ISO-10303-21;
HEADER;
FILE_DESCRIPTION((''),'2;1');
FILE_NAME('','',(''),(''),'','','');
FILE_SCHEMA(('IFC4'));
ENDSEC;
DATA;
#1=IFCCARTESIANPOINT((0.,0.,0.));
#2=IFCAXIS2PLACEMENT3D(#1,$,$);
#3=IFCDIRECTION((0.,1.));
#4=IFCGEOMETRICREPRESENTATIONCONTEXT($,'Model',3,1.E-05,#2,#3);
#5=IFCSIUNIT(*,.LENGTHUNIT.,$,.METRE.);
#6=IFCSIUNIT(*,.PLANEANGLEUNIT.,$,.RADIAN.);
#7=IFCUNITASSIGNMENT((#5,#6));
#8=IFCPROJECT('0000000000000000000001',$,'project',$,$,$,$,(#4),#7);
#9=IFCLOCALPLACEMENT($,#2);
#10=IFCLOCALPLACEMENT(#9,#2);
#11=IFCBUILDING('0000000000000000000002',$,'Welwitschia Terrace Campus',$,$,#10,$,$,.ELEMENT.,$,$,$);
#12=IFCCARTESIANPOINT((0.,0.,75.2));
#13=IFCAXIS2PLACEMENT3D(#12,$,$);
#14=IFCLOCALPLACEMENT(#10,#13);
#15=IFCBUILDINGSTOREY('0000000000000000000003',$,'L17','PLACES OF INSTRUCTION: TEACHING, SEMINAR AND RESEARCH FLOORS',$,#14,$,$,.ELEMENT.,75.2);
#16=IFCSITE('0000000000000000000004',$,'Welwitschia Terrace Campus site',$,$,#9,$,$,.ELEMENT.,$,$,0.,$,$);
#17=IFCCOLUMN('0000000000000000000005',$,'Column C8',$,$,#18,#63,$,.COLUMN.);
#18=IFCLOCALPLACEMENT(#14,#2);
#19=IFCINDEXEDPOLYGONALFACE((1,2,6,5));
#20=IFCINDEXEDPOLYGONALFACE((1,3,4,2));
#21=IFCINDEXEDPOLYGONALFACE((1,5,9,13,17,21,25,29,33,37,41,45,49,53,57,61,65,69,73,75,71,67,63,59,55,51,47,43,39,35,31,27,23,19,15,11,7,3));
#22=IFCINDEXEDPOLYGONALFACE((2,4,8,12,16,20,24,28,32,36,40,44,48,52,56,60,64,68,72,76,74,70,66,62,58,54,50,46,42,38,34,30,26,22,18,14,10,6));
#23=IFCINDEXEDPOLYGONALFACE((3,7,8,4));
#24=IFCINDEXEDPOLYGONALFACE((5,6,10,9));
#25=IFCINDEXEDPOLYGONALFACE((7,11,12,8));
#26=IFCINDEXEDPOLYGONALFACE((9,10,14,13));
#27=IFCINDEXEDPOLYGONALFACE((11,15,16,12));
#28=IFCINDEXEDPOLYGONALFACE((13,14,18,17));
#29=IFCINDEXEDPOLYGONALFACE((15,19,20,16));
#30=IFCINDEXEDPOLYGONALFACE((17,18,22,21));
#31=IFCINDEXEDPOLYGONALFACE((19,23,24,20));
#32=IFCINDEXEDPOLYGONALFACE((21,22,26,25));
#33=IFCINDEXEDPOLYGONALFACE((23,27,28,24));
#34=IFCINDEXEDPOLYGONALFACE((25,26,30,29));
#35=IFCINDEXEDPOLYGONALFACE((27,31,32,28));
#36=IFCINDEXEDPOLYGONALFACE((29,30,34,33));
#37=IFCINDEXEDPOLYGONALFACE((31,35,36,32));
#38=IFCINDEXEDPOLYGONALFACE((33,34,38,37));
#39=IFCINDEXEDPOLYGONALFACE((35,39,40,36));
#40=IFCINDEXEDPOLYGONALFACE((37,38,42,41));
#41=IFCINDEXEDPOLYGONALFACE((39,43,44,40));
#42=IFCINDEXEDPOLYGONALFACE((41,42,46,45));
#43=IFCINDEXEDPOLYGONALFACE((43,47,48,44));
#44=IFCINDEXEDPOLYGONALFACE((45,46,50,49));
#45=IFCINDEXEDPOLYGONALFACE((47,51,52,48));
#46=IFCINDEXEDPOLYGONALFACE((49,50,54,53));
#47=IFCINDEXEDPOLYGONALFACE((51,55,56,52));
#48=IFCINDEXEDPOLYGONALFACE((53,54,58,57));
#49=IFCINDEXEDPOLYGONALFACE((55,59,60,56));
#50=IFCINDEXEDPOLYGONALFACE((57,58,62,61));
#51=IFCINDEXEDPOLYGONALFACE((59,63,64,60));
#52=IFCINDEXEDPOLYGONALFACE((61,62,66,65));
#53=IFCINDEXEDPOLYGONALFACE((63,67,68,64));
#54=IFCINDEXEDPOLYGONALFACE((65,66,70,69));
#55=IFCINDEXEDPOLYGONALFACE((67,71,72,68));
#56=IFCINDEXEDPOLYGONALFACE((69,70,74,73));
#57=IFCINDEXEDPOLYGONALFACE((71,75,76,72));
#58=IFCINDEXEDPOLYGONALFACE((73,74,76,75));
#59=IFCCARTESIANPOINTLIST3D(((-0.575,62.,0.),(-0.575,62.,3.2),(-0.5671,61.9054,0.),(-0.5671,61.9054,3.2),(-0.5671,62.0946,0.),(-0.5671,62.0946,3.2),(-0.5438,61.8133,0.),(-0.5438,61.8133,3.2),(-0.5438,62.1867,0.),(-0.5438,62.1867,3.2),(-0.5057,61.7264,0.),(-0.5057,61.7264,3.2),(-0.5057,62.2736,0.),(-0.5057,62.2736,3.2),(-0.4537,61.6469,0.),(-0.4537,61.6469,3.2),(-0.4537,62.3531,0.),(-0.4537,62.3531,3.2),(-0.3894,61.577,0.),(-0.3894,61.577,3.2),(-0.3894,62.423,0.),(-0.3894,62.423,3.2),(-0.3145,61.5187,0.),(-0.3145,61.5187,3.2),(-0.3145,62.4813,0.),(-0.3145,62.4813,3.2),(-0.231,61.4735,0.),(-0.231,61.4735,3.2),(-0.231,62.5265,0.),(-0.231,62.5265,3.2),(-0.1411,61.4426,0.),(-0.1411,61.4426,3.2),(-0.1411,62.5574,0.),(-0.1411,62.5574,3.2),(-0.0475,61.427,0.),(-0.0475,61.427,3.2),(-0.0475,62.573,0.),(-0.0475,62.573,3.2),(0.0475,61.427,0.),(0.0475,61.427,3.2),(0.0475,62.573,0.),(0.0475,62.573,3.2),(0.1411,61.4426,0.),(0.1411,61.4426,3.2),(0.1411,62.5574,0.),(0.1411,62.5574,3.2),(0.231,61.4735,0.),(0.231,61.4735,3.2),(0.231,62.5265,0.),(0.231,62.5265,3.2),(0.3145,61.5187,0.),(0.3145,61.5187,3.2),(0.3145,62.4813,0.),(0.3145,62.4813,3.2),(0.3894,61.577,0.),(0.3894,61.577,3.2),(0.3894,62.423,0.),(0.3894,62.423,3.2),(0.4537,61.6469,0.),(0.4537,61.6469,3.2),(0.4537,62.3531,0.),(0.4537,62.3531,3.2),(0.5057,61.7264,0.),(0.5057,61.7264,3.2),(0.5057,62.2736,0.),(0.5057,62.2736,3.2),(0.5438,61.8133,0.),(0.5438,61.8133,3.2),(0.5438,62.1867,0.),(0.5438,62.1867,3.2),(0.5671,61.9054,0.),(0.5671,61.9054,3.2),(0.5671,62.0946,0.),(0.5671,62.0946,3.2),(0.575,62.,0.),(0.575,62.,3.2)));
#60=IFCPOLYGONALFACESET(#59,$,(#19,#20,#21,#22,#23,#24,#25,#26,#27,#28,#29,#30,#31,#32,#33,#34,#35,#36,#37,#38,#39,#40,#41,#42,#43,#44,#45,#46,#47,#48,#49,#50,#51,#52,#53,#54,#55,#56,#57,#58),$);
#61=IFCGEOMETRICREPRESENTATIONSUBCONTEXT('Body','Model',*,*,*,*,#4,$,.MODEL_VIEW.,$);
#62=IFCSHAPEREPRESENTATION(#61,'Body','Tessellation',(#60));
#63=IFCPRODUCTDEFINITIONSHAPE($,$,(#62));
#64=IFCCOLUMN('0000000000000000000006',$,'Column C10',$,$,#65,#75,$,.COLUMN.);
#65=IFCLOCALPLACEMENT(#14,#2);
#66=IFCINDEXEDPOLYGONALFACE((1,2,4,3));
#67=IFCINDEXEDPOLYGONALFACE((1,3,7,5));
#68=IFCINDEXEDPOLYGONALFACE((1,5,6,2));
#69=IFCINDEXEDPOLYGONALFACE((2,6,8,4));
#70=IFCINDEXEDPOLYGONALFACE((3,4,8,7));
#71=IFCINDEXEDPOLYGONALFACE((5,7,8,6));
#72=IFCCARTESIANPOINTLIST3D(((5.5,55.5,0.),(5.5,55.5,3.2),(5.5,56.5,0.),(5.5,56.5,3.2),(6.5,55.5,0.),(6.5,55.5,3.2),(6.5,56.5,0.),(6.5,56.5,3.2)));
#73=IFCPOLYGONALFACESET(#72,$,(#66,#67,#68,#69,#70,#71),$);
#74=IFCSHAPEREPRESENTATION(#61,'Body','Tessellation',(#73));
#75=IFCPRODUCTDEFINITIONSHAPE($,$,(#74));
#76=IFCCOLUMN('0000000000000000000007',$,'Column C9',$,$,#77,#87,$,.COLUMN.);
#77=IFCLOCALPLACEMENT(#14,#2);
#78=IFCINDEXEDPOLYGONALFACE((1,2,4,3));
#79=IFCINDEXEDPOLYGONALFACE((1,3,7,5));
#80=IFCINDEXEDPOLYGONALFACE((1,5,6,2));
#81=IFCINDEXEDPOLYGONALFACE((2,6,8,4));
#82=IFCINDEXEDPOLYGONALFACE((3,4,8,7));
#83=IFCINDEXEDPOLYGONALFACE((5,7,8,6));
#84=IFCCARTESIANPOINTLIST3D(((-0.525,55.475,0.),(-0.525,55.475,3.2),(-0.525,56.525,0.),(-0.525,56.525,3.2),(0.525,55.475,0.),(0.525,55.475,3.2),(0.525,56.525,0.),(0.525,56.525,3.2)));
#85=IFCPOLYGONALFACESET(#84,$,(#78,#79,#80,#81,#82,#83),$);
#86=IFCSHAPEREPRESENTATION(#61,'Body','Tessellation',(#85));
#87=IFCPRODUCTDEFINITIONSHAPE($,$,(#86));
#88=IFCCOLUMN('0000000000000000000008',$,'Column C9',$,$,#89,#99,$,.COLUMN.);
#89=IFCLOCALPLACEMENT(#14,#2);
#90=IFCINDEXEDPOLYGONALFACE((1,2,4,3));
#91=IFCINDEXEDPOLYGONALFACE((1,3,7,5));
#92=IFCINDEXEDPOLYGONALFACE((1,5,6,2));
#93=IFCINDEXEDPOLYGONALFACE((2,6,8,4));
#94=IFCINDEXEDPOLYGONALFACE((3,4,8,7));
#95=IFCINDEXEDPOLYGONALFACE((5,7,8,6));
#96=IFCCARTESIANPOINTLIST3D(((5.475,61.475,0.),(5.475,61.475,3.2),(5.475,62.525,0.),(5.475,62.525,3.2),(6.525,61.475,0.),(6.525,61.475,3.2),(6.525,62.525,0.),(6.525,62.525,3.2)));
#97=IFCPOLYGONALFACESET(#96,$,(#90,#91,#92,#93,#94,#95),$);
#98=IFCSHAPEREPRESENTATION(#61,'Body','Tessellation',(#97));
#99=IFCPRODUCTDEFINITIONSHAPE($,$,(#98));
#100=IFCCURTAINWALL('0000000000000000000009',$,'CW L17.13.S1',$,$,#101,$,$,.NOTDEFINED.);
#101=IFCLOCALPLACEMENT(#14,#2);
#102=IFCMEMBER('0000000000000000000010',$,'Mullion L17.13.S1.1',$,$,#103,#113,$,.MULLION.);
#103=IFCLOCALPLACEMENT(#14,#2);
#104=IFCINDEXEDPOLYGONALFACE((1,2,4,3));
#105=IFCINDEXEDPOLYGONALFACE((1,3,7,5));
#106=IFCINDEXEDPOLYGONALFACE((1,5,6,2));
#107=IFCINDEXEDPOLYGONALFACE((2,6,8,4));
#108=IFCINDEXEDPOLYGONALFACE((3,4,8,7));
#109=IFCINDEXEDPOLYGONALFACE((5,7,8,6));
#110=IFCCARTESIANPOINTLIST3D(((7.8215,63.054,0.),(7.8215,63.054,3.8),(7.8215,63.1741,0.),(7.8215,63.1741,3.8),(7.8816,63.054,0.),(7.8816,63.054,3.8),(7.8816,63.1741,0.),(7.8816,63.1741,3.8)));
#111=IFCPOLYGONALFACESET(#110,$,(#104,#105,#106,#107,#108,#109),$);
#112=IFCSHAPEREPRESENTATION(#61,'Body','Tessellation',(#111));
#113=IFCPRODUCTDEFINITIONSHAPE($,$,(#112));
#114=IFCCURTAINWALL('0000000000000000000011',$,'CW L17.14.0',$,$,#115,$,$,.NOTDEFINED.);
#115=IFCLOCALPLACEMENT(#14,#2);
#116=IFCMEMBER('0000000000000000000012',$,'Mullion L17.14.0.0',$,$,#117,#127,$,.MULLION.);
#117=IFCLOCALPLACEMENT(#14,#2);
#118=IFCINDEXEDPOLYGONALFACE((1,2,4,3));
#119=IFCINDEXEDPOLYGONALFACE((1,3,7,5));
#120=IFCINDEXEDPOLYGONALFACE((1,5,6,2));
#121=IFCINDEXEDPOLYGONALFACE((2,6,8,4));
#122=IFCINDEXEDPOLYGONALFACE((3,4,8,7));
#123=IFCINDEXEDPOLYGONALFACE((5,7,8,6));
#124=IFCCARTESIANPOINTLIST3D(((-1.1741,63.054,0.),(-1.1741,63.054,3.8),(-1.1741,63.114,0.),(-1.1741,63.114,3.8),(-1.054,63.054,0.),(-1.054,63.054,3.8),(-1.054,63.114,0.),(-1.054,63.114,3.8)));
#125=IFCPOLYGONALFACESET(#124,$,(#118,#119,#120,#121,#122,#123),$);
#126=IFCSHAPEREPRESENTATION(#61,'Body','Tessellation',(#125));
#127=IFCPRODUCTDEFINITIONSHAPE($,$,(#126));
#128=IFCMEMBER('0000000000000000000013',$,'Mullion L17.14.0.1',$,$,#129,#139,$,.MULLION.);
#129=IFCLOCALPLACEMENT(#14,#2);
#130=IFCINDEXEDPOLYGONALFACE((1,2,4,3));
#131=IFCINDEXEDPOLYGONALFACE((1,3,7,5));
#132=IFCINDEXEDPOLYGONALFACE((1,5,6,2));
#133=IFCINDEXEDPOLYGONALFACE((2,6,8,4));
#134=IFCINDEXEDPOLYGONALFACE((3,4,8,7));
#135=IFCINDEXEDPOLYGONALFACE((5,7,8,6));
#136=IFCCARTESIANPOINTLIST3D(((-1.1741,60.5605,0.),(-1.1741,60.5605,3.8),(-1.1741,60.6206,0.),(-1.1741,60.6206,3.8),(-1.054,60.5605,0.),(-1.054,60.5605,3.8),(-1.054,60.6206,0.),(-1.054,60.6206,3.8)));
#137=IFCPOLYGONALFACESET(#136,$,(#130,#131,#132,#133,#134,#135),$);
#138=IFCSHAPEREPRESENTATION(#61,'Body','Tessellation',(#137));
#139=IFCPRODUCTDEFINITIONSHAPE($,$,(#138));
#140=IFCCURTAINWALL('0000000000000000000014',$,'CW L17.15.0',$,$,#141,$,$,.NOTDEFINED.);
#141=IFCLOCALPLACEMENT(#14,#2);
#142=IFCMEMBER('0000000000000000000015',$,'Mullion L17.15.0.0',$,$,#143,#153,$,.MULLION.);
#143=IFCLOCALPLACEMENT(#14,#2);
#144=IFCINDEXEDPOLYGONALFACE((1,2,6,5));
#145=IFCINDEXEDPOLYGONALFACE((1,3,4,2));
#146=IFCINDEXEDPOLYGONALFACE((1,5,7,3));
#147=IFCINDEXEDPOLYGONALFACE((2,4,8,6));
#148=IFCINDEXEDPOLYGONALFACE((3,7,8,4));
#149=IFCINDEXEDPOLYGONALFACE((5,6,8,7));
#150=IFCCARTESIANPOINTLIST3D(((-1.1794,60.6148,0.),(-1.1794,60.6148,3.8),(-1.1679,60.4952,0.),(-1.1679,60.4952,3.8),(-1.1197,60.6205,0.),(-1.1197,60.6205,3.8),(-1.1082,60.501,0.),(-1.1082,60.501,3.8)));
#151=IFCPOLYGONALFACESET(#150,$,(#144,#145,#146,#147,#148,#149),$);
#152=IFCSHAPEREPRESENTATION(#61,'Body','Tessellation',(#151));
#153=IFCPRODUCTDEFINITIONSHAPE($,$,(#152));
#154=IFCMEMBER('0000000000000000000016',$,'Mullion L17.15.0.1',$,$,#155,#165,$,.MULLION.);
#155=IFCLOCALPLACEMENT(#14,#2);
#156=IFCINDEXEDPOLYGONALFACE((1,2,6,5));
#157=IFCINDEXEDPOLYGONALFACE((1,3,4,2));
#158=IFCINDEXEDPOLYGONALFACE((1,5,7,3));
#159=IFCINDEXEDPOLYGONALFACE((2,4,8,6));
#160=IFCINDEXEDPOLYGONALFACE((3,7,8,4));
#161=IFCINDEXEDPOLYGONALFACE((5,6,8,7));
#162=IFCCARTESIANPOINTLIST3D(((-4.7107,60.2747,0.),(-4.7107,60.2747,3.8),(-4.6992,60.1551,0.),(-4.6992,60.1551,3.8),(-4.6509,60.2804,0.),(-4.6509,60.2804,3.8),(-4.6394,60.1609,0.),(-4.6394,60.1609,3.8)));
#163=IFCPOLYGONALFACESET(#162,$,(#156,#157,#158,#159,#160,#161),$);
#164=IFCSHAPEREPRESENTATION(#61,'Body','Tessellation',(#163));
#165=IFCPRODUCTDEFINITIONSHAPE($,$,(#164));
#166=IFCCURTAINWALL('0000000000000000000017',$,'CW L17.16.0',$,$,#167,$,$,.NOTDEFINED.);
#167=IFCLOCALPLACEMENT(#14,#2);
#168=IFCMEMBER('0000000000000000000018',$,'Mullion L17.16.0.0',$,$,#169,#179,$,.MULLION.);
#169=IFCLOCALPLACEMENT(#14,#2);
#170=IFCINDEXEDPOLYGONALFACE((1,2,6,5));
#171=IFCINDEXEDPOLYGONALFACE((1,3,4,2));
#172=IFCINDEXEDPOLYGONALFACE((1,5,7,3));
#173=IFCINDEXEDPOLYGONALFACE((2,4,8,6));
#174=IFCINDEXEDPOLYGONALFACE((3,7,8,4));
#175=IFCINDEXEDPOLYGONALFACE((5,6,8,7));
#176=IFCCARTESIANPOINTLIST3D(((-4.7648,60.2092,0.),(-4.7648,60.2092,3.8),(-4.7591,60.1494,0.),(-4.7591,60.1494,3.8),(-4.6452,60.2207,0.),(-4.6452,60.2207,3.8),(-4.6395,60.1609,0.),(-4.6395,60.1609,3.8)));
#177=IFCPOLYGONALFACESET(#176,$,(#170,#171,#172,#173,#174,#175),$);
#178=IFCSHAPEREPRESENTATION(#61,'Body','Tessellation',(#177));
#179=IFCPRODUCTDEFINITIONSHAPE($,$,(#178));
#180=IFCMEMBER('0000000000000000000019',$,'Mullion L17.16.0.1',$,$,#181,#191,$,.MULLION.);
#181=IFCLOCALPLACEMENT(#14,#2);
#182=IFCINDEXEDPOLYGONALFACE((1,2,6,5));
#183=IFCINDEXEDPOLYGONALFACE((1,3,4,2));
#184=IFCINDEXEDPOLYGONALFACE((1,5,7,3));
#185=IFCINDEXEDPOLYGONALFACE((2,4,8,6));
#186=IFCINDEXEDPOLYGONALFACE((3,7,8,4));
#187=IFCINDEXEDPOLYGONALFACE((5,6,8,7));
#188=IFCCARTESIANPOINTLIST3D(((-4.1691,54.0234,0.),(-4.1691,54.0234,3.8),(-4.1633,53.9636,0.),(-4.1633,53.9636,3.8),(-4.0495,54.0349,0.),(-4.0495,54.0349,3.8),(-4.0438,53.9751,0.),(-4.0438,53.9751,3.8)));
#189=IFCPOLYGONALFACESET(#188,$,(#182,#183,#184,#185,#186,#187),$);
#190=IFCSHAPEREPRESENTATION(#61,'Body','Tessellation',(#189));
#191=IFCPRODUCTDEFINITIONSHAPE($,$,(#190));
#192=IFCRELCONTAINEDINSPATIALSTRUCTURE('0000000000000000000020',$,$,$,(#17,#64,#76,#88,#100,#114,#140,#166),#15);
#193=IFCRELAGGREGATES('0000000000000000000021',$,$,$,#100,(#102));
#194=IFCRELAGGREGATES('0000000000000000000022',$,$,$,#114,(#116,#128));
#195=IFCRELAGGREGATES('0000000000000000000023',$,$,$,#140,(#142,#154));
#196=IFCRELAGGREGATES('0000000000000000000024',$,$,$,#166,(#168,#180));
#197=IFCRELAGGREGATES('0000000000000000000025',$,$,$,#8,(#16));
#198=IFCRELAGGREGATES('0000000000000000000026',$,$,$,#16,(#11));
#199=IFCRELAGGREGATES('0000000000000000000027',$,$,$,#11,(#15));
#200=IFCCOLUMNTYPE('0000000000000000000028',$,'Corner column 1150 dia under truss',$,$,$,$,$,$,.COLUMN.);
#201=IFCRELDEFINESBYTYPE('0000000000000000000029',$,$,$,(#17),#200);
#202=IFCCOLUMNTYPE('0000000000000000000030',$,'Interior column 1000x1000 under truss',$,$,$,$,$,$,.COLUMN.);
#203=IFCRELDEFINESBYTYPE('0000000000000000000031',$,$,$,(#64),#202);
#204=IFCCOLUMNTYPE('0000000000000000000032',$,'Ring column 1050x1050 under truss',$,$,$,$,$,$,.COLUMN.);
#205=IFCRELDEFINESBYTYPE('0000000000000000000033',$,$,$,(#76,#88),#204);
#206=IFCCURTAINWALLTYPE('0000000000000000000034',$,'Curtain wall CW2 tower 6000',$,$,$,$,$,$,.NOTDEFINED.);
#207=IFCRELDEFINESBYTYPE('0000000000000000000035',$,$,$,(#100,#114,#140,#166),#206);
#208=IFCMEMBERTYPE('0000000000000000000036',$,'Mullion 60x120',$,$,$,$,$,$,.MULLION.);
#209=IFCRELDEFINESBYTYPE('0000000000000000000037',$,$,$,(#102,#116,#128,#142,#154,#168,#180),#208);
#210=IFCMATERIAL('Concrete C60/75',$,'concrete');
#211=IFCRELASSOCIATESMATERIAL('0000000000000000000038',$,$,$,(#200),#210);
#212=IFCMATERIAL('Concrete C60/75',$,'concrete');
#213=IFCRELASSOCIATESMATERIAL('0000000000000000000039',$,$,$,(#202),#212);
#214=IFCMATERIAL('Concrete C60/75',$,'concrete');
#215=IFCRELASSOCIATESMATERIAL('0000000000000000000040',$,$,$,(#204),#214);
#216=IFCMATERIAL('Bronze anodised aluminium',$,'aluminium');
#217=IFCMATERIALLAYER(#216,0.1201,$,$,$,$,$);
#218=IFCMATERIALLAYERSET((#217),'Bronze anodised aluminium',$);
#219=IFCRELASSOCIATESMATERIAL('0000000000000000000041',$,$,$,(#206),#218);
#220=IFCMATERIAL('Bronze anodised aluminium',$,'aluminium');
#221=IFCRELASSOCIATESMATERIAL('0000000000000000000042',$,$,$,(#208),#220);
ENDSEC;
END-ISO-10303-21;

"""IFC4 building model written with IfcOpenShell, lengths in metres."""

from ifc_helpers import new_model, si_unit, direction, frame, origin, origin_2d, place, context, subcontext, project, spatial, rectangle, circle, extrude, material, layer, layer_set, material_profile, profile_set, type_object, element, aggregate, save


model = new_model("IFC4")

# Units and contexts
model_context = context("Model", 3, precision=1e-05, world=origin(), true_north=direction((0.0, 1.0)))
body_context = subcontext(model_context, "Body", "Model", "MODEL_VIEW")
ifc_project = project(units=[si_unit("LENGTHUNIT", "METRE"), si_unit("PLANEANGLEUNIT", "RADIAN")], contexts=[model_context])

# Site, building, storey
site_placement = place(None, origin())
site = spatial("IfcSite", under=ifc_project, at=site_placement, Name="Welwitschia Terrace Campus site", CompositionType="ELEMENT", RefElevation=0.0)
building_placement = place(site_placement, origin())
building = spatial("IfcBuilding", under=site, at=building_placement, Name="Welwitschia Terrace Campus", CompositionType="ELEMENT")
storey_placement = place(building_placement, frame((0.0, 0.0, 75.2)))
storey = spatial("IfcBuildingStorey", under=building, at=storey_placement, Name="L17", Description="PLACES OF INSTRUCTION: TEACHING, SEMINAR AND RESEARCH FLOORS", CompositionType="ELEMENT", Elevation=75.2)

# Columns
ifc_material_1 = material(Name="Concrete C60/75", Category="concrete")
ifc_material_profile_1 = material_profile(ifc_material_1, circle(Radius=0.575, at=origin_2d()))
ifc_profile_set_1 = profile_set([ifc_material_profile_1], Name="Concrete C60/75")
column_type_1 = type_object("IfcColumnType", Name="Corner column 1150 dia under truss", PredefinedType="COLUMN", material=ifc_profile_set_1)
column_1_placement = place(storey_placement, frame((0.0, 62.0, 0.0), z_axis=(0.0, 0.0, 1.0), x_axis=(1.0, 0.0, 0.0)))
element("IfcColumn", 1, at=column_1_placement, inside=storey, type_object=column_type_1, Name="Column C8", PredefinedType="COLUMN", context=body_context, shape_type="SweptSolid", body=[
    extrude(circle(Radius=0.575, at=origin_2d()), origin(), (0.0, 0.0, 1.0), 3.2),
])
ifc_material_2 = material(Name="Concrete C60/75", Category="concrete")
ifc_material_profile_2 = material_profile(ifc_material_2, rectangle(XDim=1.0, YDim=1.0, at=origin_2d()))
ifc_profile_set_2 = profile_set([ifc_material_profile_2], Name="Concrete C60/75")
column_type_2 = type_object("IfcColumnType", Name="Interior column 1000x1000 under truss", PredefinedType="COLUMN", material=ifc_profile_set_2)
column_2_placement = place(storey_placement, frame((6.0, 56.0, 0.0), z_axis=(0.0, 0.0, 1.0), x_axis=(1.0, 0.0, 0.0)))
element("IfcColumn", 2, at=column_2_placement, inside=storey, type_object=column_type_2, Name="Column C10", PredefinedType="COLUMN", context=body_context, shape_type="SweptSolid", body=[
    extrude(rectangle(XDim=1.0, YDim=1.0, at=origin_2d()), origin(), (0.0, 0.0, 1.0), 3.2),
])
ifc_material_3 = material(Name="Concrete C60/75", Category="concrete")
ifc_material_profile_3 = material_profile(ifc_material_3, rectangle(XDim=1.05, YDim=1.05, at=origin_2d()))
ifc_profile_set_3 = profile_set([ifc_material_profile_3], Name="Concrete C60/75")
column_type_3 = type_object("IfcColumnType", Name="Ring column 1050x1050 under truss", PredefinedType="COLUMN", material=ifc_profile_set_3)
for number, where, z_axis, x_axis, name in (
    (3, (0.0, 56.0, 0.0), (0.0, 0.0, 1.0), (1.0, 0.0, 0.0), "Column C9"),
    (4, (6.0, 62.0, 0.0), (0.0, 0.0, 1.0), (1.0, 0.0, 0.0), "Column C9"),
):
    element("IfcColumn", number, at=place(storey_placement, frame(where, z_axis=z_axis, x_axis=x_axis)), inside=storey, type_object=column_type_3, Name=name, PredefinedType="COLUMN", context=body_context, shape_type="SweptSolid", body=[
        extrude(rectangle(XDim=1.05, YDim=1.05, at=origin_2d()), origin(), (0.0, 0.0, 1.0), 3.2),
    ])

# Curtain wall, member
ifc_material_4 = material(Name="Bronze anodised aluminium", Category="aluminium")
ifc_layer_1 = layer(ifc_material_4, 0.1201)
ifc_layer_set_1 = layer_set([ifc_layer_1], Name="Bronze anodised aluminium")
curtain_wall_type = type_object("IfcCurtainWallType", Name="Curtain wall CW2 tower 6000", PredefinedType="NOTDEFINED", material=ifc_layer_set_1)
curtain_wall_1_placement = place(storey_placement, origin())
curtain_wall_1 = element("IfcCurtainWall", 5, at=curtain_wall_1_placement, inside=storey, type_object=curtain_wall_type, Name="CW L17.13.S1", PredefinedType="NOTDEFINED")
ifc_material_5 = material(Name="Bronze anodised aluminium", Category="aluminium")
ifc_material_profile_4 = material_profile(ifc_material_5, rectangle(XDim=0.1201, YDim=0.0601, at=origin_2d()))
ifc_profile_set_4 = profile_set([ifc_material_profile_4], Name="Bronze anodised aluminium")
member_type_1 = type_object("IfcMemberType", Name="Mullion 60x120", PredefinedType="MULLION", material=ifc_profile_set_4)
member_1_placement = place(storey_placement, frame((7.8516, 63.114, 0.0), z_axis=(0.0, 0.0, 1.0), x_axis=(0.0, -1.0, 0.0)))
member_1 = element("IfcMember", 6, at=member_1_placement, type_object=member_type_1, Name="Mullion L17.13.S1.1", PredefinedType="MULLION", context=body_context, shape_type="SweptSolid", body=[
    extrude(rectangle(XDim=0.1201, YDim=0.0601, at=origin_2d()), origin(), (0.0, 0.0, 1.0), 3.8),
])
aggregate(curtain_wall_1, [member_1])

# Curtain walls, members
curtain_wall_2_placement = place(storey_placement, origin())
curtain_wall_2 = element("IfcCurtainWall", 7, at=curtain_wall_2_placement, inside=storey, type_object=curtain_wall_type, Name="CW L17.14.0", PredefinedType="NOTDEFINED")
member_2_placement = place(storey_placement, frame((-1.114, 63.084, 0.0), z_axis=(0.0, 0.0, 1.0), x_axis=(1.0, 0.0, 0.0)))
member_2 = element("IfcMember", 8, at=member_2_placement, type_object=member_type_1, Name="Mullion L17.14.0.0", PredefinedType="MULLION", context=body_context, shape_type="SweptSolid", body=[
    extrude(rectangle(XDim=0.1201, YDim=0.0601, at=origin_2d()), origin(), (0.0, 0.0, 1.0), 3.8),
])
member_3_placement = place(storey_placement, frame((-1.114, 60.5906, 0.0), z_axis=(0.0, 0.0, 1.0), x_axis=(1.0, 0.0, 0.0)))
member_3 = element("IfcMember", 9, at=member_3_placement, type_object=member_type_1, Name="Mullion L17.14.0.1", PredefinedType="MULLION", context=body_context, shape_type="SweptSolid", body=[
    extrude(rectangle(XDim=0.1201, YDim=0.0601, at=origin_2d()), origin(), (0.0, 0.0, 1.0), 3.8),
])
curtain_wall_3_placement = place(storey_placement, origin())
curtain_wall_3 = element("IfcCurtainWall", 10, at=curtain_wall_3_placement, inside=storey, type_object=curtain_wall_type, Name="CW L17.15.0", PredefinedType="NOTDEFINED")
member_4_placement = place(storey_placement, frame((-1.1438, 60.5579, 0.0), z_axis=(0.0, 0.0, 1.0), x_axis=(0.095846, -0.995396, 0.0)))
member_4 = element("IfcMember", 11, at=member_4_placement, type_object=member_type_1, Name="Mullion L17.15.0.0", PredefinedType="MULLION", context=body_context, shape_type="SweptSolid", body=[
    extrude(rectangle(XDim=0.1201, YDim=0.0601, at=origin_2d()), origin(), (0.0, 0.0, 1.0), 3.8),
])
member_5_placement = place(storey_placement, frame((-4.675, 60.2178, 0.0), z_axis=(0.0, 0.0, 1.0), x_axis=(0.095846, -0.995396, 0.0)))
member_5 = element("IfcMember", 12, at=member_5_placement, type_object=member_type_1, Name="Mullion L17.15.0.1", PredefinedType="MULLION", context=body_context, shape_type="SweptSolid", body=[
    extrude(rectangle(XDim=0.1201, YDim=0.0601, at=origin_2d()), origin(), (0.0, 0.0, 1.0), 3.8),
])
curtain_wall_4_placement = place(storey_placement, origin())
curtain_wall_4 = element("IfcCurtainWall", 13, at=curtain_wall_4_placement, inside=storey, type_object=curtain_wall_type, Name="CW L17.16.0", PredefinedType="NOTDEFINED")
member_6_placement = place(storey_placement, frame((-4.7021, 60.1851, 0.0), z_axis=(0.0, 0.0, 1.0), x_axis=(0.995396, 0.095846, 0.0)))
member_6 = element("IfcMember", 14, at=member_6_placement, type_object=member_type_1, Name="Mullion L17.16.0.0", PredefinedType="MULLION", context=body_context, shape_type="SweptSolid", body=[
    extrude(rectangle(XDim=0.1201, YDim=0.0601, at=origin_2d()), origin(), (0.0, 0.0, 1.0), 3.8),
])
member_7_placement = place(storey_placement, frame((-4.1064, 53.9993, 0.0), z_axis=(0.0, 0.0, 1.0), x_axis=(0.995396, 0.095846, 0.0)))
member_7 = element("IfcMember", 15, at=member_7_placement, type_object=member_type_1, Name="Mullion L17.16.0.1", PredefinedType="MULLION", context=body_context, shape_type="SweptSolid", body=[
    extrude(rectangle(XDim=0.1201, YDim=0.0601, at=origin_2d()), origin(), (0.0, 0.0, 1.0), 3.8),
])

aggregate(curtain_wall_2, [member_2, member_3])
aggregate(curtain_wall_3, [member_4, member_5])
aggregate(curtain_wall_4, [member_6, member_7])

save(model, "model.ifc")
